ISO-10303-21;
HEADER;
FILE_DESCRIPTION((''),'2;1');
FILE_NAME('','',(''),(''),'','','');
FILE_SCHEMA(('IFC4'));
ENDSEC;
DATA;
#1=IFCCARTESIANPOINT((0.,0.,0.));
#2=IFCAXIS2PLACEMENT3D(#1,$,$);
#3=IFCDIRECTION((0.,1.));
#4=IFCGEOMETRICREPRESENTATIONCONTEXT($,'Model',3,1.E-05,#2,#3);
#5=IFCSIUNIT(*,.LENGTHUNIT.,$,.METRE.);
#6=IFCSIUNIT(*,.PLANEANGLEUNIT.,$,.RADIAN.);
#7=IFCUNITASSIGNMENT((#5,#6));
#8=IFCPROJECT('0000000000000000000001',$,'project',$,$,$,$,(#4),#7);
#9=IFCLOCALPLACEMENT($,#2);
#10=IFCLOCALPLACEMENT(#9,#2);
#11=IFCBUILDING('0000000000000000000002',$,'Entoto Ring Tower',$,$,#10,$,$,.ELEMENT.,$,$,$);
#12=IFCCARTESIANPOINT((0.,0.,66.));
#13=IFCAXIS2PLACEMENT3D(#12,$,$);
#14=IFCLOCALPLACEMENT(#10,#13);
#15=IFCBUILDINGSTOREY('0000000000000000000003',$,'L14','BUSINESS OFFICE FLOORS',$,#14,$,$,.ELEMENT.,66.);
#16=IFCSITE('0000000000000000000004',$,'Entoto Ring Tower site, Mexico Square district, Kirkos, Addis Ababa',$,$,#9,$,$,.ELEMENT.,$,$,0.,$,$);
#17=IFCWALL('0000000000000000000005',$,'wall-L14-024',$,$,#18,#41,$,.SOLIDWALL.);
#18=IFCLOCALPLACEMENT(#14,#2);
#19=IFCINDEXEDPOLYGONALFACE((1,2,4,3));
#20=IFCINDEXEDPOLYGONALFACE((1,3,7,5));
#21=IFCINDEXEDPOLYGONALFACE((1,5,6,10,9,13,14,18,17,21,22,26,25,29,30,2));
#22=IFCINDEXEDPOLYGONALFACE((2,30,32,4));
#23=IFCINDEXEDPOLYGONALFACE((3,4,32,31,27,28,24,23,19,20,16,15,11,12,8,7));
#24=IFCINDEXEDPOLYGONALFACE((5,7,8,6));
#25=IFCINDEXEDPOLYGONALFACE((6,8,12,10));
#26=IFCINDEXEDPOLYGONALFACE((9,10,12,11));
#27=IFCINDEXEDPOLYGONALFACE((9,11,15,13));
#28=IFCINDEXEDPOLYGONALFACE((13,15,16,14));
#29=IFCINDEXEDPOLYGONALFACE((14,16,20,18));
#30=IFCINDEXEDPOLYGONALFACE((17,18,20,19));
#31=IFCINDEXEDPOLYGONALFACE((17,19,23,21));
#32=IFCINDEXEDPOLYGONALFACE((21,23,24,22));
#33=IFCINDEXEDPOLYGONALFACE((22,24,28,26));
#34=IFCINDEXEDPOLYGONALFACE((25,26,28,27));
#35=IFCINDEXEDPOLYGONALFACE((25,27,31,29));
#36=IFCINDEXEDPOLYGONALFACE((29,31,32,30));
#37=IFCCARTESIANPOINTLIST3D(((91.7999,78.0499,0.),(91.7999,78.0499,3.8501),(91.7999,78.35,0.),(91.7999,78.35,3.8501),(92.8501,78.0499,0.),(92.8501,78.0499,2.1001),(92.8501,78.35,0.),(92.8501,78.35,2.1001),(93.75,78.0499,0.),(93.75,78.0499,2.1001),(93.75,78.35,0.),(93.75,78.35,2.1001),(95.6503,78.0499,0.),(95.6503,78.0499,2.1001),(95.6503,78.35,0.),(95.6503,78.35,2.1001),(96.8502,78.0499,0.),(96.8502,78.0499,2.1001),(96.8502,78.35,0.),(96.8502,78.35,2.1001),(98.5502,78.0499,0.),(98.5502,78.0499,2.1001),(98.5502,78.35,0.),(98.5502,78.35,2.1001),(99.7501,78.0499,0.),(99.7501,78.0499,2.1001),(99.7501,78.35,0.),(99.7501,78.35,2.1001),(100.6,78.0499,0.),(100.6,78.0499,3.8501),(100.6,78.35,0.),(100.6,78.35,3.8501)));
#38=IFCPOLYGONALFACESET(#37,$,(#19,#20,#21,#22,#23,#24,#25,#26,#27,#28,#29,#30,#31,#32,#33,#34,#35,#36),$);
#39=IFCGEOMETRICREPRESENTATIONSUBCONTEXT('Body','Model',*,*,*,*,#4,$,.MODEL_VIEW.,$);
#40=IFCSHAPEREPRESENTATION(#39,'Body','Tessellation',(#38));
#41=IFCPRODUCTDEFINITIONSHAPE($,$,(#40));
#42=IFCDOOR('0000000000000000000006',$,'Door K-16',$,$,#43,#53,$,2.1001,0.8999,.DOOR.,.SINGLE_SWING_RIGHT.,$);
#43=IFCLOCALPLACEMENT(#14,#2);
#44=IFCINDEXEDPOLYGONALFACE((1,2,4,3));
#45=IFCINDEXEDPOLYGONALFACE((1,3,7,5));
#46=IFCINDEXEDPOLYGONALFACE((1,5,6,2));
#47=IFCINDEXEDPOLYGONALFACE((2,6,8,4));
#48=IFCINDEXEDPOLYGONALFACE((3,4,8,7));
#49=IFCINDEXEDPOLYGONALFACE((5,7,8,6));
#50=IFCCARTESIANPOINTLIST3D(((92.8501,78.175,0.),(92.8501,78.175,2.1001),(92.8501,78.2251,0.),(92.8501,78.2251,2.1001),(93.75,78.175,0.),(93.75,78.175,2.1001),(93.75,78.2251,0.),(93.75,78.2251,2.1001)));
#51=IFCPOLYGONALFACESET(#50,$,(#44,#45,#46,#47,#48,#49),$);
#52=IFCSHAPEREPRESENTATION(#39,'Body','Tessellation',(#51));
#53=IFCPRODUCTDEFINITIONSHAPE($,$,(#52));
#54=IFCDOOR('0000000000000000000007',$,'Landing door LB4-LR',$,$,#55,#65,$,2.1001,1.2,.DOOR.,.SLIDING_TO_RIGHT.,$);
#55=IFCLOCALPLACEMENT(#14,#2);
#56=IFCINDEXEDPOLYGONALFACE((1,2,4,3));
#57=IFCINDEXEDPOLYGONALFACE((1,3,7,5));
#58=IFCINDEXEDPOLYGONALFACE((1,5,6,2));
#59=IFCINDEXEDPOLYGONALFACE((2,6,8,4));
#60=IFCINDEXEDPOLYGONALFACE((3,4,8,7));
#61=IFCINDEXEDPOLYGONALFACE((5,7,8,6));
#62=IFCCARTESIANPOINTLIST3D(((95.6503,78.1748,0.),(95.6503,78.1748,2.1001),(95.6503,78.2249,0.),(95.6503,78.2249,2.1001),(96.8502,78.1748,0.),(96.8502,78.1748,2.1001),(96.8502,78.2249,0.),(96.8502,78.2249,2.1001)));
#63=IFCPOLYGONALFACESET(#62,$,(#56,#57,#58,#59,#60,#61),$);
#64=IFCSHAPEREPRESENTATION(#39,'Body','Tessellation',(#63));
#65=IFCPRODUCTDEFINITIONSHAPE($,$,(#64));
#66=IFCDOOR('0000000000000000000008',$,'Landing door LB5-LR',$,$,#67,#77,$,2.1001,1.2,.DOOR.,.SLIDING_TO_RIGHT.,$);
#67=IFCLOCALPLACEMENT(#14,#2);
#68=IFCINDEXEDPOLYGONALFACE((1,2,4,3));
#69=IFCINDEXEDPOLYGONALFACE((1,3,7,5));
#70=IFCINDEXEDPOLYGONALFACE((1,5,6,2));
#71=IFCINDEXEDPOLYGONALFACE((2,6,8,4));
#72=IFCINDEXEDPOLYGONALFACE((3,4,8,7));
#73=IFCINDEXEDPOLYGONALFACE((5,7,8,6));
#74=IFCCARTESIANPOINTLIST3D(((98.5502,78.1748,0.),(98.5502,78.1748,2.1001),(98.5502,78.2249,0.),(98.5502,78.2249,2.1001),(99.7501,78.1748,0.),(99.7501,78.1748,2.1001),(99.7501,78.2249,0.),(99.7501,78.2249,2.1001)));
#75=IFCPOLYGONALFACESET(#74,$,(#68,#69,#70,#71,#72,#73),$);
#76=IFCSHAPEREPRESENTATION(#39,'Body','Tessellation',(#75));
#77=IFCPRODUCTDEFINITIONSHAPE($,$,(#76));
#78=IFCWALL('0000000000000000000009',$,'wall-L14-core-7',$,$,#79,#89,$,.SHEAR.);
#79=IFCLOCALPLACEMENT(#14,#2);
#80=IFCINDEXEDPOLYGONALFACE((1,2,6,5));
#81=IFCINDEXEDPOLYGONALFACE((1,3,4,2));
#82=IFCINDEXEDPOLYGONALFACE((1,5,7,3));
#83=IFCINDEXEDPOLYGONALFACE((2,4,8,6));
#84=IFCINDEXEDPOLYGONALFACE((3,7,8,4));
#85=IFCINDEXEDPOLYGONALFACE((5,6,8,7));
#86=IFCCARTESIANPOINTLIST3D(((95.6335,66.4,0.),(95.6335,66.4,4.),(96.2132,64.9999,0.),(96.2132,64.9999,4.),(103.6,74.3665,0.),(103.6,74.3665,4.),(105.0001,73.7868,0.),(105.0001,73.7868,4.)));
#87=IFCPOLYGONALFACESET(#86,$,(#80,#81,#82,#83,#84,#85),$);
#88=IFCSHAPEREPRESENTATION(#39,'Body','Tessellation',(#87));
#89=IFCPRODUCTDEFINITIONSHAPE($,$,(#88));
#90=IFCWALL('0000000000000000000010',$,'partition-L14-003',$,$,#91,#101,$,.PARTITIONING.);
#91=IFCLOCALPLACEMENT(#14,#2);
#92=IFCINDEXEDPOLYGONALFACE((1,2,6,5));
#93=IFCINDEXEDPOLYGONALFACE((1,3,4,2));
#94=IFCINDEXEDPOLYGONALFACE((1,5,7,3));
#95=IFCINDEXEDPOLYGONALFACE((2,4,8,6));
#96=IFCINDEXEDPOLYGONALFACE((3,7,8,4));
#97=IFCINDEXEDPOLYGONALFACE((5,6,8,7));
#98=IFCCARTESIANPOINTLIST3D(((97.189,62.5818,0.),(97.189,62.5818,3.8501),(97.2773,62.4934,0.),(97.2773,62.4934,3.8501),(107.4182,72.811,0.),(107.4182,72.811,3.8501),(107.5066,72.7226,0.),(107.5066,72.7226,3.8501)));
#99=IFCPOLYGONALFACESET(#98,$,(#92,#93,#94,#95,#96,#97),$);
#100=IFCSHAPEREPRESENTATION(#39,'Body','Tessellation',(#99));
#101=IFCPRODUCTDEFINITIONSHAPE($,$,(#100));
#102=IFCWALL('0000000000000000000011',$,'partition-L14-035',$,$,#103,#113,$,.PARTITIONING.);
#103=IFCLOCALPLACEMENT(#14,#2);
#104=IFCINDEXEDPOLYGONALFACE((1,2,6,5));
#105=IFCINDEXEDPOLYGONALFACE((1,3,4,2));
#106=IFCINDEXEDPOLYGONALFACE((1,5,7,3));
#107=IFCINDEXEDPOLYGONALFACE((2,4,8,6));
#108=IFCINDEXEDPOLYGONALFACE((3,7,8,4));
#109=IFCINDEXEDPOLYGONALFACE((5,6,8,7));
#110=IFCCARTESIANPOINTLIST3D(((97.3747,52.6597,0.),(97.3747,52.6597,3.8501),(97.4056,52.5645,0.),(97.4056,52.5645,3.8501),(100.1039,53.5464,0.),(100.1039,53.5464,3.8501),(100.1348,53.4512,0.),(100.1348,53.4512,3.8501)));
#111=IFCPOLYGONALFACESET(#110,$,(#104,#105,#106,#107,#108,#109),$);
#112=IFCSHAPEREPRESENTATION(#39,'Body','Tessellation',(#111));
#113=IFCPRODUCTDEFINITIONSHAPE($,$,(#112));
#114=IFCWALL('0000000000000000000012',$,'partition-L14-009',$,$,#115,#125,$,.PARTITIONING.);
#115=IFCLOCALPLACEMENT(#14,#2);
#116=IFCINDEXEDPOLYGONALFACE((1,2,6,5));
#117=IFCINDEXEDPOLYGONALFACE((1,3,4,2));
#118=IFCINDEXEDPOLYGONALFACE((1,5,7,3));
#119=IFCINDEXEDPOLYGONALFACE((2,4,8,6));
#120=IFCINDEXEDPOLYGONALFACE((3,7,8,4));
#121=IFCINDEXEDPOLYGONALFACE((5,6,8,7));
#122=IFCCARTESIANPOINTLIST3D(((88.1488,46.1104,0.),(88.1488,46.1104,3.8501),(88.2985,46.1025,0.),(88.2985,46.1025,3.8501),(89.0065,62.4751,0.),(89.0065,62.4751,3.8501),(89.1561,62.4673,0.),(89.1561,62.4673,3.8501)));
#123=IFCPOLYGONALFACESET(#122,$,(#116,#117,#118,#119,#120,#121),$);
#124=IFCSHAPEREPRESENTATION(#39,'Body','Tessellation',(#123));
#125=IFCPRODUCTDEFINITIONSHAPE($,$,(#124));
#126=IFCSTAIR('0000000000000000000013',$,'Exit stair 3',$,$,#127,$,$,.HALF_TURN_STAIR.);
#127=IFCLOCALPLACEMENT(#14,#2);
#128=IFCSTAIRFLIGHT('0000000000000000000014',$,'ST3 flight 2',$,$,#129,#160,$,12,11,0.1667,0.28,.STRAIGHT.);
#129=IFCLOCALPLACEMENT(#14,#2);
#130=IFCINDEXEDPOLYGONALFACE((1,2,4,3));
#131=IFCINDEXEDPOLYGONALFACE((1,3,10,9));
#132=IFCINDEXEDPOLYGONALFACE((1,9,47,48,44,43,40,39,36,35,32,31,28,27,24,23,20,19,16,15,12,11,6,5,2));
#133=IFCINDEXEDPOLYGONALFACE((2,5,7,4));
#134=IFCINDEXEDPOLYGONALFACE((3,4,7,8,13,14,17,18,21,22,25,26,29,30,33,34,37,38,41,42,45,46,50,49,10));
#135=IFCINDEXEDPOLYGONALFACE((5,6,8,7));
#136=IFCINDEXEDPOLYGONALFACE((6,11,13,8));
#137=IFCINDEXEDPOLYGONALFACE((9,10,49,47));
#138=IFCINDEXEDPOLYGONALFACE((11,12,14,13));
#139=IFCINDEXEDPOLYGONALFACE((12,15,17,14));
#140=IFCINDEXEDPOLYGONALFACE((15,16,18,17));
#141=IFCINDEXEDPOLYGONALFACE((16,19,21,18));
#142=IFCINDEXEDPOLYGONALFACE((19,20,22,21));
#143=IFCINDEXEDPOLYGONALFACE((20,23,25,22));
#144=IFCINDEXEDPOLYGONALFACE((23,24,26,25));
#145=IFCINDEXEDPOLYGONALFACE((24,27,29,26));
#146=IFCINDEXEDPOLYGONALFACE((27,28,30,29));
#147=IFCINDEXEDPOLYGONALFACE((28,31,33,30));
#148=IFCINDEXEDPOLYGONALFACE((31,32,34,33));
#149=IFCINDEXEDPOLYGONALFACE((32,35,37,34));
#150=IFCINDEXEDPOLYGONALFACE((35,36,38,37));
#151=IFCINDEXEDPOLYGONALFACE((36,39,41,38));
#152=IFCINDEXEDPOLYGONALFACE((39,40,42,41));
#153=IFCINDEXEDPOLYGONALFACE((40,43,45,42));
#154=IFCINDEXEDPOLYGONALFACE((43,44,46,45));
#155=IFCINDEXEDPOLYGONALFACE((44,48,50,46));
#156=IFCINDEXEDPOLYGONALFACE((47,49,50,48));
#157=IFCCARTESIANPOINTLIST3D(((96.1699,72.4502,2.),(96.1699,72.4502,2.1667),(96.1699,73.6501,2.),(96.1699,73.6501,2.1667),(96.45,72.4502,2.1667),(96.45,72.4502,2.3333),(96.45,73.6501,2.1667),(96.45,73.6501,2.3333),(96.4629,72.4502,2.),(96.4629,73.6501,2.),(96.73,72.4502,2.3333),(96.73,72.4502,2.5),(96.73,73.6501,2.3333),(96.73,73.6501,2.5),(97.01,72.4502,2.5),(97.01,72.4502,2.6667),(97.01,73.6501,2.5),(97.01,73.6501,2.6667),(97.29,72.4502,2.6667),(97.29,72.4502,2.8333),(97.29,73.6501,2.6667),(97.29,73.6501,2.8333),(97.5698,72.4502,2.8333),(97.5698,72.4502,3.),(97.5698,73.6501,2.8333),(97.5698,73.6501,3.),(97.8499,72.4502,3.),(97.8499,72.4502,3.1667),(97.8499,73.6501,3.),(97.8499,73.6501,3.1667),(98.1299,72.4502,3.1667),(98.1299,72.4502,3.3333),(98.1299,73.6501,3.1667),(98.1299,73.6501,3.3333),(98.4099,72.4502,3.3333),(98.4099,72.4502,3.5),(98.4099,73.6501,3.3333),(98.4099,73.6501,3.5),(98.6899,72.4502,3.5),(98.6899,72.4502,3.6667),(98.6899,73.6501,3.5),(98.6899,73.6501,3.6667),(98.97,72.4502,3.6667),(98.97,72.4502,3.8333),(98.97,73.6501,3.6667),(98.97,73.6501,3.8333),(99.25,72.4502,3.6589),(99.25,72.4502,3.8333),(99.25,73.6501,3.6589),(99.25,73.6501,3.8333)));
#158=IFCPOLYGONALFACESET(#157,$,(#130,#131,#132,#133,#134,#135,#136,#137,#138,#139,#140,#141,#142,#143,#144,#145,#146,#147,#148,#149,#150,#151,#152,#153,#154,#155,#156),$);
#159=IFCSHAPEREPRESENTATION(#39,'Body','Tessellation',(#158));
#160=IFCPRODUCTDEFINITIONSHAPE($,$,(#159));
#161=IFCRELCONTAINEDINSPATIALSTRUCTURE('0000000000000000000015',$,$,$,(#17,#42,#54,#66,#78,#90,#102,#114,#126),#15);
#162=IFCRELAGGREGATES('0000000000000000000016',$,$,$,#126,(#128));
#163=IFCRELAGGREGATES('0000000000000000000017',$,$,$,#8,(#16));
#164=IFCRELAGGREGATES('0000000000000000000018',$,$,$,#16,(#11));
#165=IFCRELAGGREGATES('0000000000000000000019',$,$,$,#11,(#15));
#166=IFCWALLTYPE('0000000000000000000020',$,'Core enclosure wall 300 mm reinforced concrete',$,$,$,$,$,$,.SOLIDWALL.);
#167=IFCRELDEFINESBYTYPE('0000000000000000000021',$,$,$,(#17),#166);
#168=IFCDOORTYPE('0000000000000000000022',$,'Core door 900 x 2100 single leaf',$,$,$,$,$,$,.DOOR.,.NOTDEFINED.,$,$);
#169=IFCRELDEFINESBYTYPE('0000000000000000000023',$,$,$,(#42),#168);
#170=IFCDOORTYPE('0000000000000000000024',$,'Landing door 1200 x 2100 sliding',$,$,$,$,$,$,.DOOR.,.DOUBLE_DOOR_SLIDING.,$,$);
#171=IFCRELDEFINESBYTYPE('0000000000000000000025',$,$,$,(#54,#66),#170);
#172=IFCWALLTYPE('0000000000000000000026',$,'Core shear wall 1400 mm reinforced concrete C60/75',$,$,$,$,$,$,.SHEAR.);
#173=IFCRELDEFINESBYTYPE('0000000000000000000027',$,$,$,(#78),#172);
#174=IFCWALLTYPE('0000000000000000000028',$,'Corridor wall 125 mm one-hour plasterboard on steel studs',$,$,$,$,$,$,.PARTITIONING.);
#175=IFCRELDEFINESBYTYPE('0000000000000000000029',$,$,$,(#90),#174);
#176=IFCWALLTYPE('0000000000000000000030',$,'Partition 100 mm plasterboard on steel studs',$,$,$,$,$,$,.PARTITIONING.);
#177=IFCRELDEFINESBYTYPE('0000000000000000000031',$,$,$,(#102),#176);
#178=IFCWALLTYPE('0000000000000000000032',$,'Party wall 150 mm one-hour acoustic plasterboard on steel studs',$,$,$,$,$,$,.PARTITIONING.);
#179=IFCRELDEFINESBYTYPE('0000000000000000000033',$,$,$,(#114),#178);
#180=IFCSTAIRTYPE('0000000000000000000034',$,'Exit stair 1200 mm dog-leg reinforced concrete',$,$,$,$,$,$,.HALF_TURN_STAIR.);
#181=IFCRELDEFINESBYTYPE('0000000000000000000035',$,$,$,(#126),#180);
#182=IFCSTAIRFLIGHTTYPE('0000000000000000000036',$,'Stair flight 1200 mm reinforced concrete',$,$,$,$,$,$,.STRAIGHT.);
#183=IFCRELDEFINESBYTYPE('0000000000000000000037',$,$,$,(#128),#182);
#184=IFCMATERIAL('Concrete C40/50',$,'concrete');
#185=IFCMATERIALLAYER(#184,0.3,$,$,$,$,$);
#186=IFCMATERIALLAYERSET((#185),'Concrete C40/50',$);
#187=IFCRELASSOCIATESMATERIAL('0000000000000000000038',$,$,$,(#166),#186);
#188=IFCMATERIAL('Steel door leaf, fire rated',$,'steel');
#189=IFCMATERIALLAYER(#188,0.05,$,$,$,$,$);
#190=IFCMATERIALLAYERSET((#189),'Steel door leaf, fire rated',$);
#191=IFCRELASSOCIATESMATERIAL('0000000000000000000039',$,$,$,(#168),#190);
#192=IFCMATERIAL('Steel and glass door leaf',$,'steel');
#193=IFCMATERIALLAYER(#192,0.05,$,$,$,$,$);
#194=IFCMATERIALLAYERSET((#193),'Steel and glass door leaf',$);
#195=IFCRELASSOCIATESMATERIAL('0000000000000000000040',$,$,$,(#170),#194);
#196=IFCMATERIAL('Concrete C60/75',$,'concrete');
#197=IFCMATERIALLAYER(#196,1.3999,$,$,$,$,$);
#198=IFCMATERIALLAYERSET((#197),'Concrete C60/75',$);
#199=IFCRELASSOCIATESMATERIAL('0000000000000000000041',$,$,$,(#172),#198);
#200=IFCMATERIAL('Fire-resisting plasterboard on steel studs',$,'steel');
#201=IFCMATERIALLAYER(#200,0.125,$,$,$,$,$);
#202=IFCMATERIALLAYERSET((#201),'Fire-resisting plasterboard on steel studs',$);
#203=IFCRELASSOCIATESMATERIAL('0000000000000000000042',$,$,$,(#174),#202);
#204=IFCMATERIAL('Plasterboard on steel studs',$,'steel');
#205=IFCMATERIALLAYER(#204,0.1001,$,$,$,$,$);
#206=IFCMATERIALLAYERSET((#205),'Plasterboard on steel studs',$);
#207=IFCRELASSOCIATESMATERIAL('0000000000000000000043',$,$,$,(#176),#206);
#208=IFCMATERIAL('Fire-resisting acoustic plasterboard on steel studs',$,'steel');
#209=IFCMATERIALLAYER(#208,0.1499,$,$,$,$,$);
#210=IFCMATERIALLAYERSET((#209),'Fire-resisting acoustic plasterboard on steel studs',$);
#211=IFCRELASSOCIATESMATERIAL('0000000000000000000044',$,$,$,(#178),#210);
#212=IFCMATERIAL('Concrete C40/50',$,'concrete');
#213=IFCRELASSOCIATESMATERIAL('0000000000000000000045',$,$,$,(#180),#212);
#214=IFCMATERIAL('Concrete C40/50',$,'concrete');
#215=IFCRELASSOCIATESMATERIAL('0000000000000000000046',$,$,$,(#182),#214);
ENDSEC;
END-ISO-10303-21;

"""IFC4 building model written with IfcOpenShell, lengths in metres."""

from ifc_helpers import new_model, si_unit, direction, frame, frame_2d, origin, place, context, subcontext, project, spatial, polyline, rectangle, outline, extrude, material, layer, layer_set, type_object, element, fill, aggregate, save


model = new_model("IFC4")

# Units and contexts
model_context = context("Model", 3, precision=1e-05, world=origin(), true_north=direction((0.0, 1.0)))
body_context = subcontext(model_context, "Body", "Model", "MODEL_VIEW")
ifc_project = project(units=[si_unit("LENGTHUNIT", "METRE"), si_unit("PLANEANGLEUNIT", "RADIAN")], contexts=[model_context])

# Site, building, storey
site_placement = place(None, origin())
site = spatial("IfcSite", under=ifc_project, at=site_placement, Name="Entoto Ring Tower site, Mexico Square district, Kirkos, Addis Ababa", CompositionType="ELEMENT", RefElevation=0.0)
building_placement = place(site_placement, origin())
building = spatial("IfcBuilding", under=site, at=building_placement, Name="Entoto Ring Tower", CompositionType="ELEMENT")
storey_placement = place(building_placement, frame((0.0, 0.0, 66.0)))
storey = spatial("IfcBuildingStorey", under=building, at=storey_placement, Name="L14", Description="BUSINESS OFFICE FLOORS", CompositionType="ELEMENT", Elevation=66.0)

# Shared definitions
ifc_material_1 = material(Name="Concrete C40/50", Category="concrete")
ifc_layer_1 = layer(ifc_material_1, 0.3)
ifc_layer_set_1 = layer_set([ifc_layer_1], Name="Concrete C40/50")
wall_type_1 = type_object("IfcWallType", Name="Core enclosure wall 300 mm reinforced concrete", PredefinedType="SOLIDWALL", material=ifc_layer_set_1)

# Shared definitions
ifc_material_2 = material(Name="Steel door leaf, fire rated", Category="steel")
ifc_layer_2 = layer(ifc_material_2, 0.05)
ifc_layer_set_2 = layer_set([ifc_layer_2], Name="Steel door leaf, fire rated")
door_type_1 = type_object("IfcDoorType", Name="Core door 900 x 2100 single leaf", OperationType="NOTDEFINED", PredefinedType="DOOR", material=ifc_layer_set_2)

# Wall, openings, doors
wall_1_placement = place(storey_placement, frame((91.8, 78.2, 0.0), z_axis=(0.0, 0.0, 1.0), x_axis=(1.0, 0.0, 0.0)))
wall_1 = element("IfcWall", 1, at=wall_1_placement, inside=storey, type_object=wall_type_1, Name="wall-L14-024", PredefinedType="SOLIDWALL", context=body_context, shape_type="SweptSolid", body=[
    extrude(rectangle(XDim=8.8, YDim=0.3, at=frame_2d((4.3999, 0.0))), origin(), (0.0, 0.0, 1.0), 3.8501),
])
opening_1_placement = place(wall_1_placement, frame((3.8501, 0.0, 0.0)))
opening_1 = element("IfcOpeningElement", 2, at=opening_1_placement, cuts=wall_1, PredefinedType="OPENING", context=body_context, shape_type="SweptSolid", body=[
    extrude(rectangle(XDim=1.2, YDim=2.1001, at=frame_2d((0.6001, 1.05))), frame((0.0, 0.1602, 0.0), z_axis=(0.0, -1.0, 0.0), x_axis=(1.0, 0.0, 0.0)), (0.0, 0.0, 1.0), 0.3201),
])
opening_2_placement = place(wall_1_placement, frame((6.75, 0.0, 0.0)))
opening_2 = element("IfcOpeningElement", 3, at=opening_2_placement, cuts=wall_1, PredefinedType="OPENING", context=body_context, shape_type="SweptSolid", body=[
    extrude(rectangle(XDim=1.2, YDim=2.1001, at=frame_2d((0.6001, 1.05))), frame((0.0, 0.1602, 0.0), z_axis=(0.0, -1.0, 0.0), x_axis=(1.0, 0.0, 0.0)), (0.0, 0.0, 1.0), 0.3201),
])
opening_3_placement = place(wall_1_placement, frame((1.05, 0.0, 0.0)))
opening_3 = element("IfcOpeningElement", 4, at=opening_3_placement, cuts=wall_1, PredefinedType="OPENING", context=body_context, shape_type="SweptSolid", body=[
    extrude(rectangle(XDim=0.8999, YDim=2.1001, at=frame_2d((0.45, 1.05))), frame((0.0, 0.1602, 0.0), z_axis=(0.0, -1.0, 0.0), x_axis=(1.0, 0.0, 0.0)), (0.0, 0.0, 1.0), 0.3201),
])
door_1_placement = place(opening_3_placement, frame((0.8999, 0.0, 0.0), z_axis=(0.0, 0.0, 1.0), x_axis=(-1.0, 0.0, 0.0)))
door_1 = element("IfcDoor", 5, at=door_1_placement, inside=storey, type_object=door_type_1, Name="Door K-16", OperationType="SINGLE_SWING_RIGHT", OverallHeight=2.1001, OverallWidth=0.8999, PredefinedType="DOOR", context=body_context, shape_type="SweptSolid", body=[
    extrude(rectangle(XDim=0.8999, YDim=2.1001, at=frame_2d((0.45, 1.05))), frame((0.0, 0.0249, 0.0), z_axis=(0.0, -1.0, 0.0), x_axis=(1.0, 0.0, 0.0)), (0.0, 0.0, 1.0), 0.05),
])
fill(opening_3, door_1)
ifc_material_3 = material(Name="Steel and glass door leaf", Category="steel")
ifc_layer_3 = layer(ifc_material_3, 0.05)
ifc_layer_set_3 = layer_set([ifc_layer_3], Name="Steel and glass door leaf")
door_type_2 = type_object("IfcDoorType", Name="Landing door 1200 x 2100 sliding", OperationType="DOUBLE_DOOR_SLIDING", PredefinedType="DOOR", material=ifc_layer_set_3)
door_2_placement = place(opening_1_placement, origin())
door_2 = element("IfcDoor", 6, at=door_2_placement, inside=storey, type_object=door_type_2, Name="Landing door LB4-LR", OperationType="SLIDING_TO_RIGHT", OverallHeight=2.1001, OverallWidth=1.2, PredefinedType="DOOR", context=body_context, shape_type="SweptSolid", body=[
    extrude(rectangle(XDim=1.2, YDim=2.1001, at=frame_2d((0.6001, 1.05))), frame((0.0, 0.0249, 0.0), z_axis=(0.0, -1.0, 0.0), x_axis=(1.0, 0.0, 0.0)), (0.0, 0.0, 1.0), 0.05),
])
fill(opening_1, door_2)
door_3_placement = place(opening_2_placement, origin())
door_3 = element("IfcDoor", 7, at=door_3_placement, inside=storey, type_object=door_type_2, Name="Landing door LB5-LR", OperationType="SLIDING_TO_RIGHT", OverallHeight=2.1001, OverallWidth=1.2, PredefinedType="DOOR", context=body_context, shape_type="SweptSolid", body=[
    extrude(rectangle(XDim=1.2, YDim=2.1001, at=frame_2d((0.6001, 1.05))), frame((0.0, 0.0249, 0.0), z_axis=(0.0, -1.0, 0.0), x_axis=(1.0, 0.0, 0.0)), (0.0, 0.0, 1.0), 0.05),
])
fill(opening_2, door_3)

# Walls
ifc_material_4 = material(Name="Concrete C60/75", Category="concrete")
ifc_layer_4 = layer(ifc_material_4, 1.3999)
ifc_layer_set_4 = layer_set([ifc_layer_4], Name="Concrete C60/75")
wall_type_2 = type_object("IfcWallType", Name="Core shear wall 1400 mm reinforced concrete C60/75", PredefinedType="SHEAR", material=ifc_layer_set_4)
wall_2_placement = place(storey_placement, frame((95.9233, 65.7, 0.0), z_axis=(0.0, 0.0, 1.0), x_axis=(0.707107, 0.707107, 0.0)))
element("IfcWall", 8, at=wall_2_placement, inside=storey, type_object=wall_type_2, Name="wall-L14-core-7", PredefinedType="SHEAR", context=body_context, shape_type="SweptSolid", body=[
    extrude(outline(polyline([(-0.29, -0.7), (12.1365, -0.7), (11.5564, 0.7), (0.29, 0.7), (-0.29, -0.7)])), origin(), (0.0, 0.0, 1.0), 4.0),
])
ifc_material_5 = material(Name="Fire-resisting plasterboard on steel studs", Category="steel")
ifc_layer_5 = layer(ifc_material_5, 0.125)
ifc_layer_set_5 = layer_set([ifc_layer_5], Name="Fire-resisting plasterboard on steel studs")
wall_type_3 = type_object("IfcWallType", Name="Corridor wall 125 mm one-hour plasterboard on steel studs", PredefinedType="PARTITIONING", material=ifc_layer_set_5)
wall_3_placement = place(storey_placement, frame((97.2332, 62.5376, 0.0), z_axis=(0.0, 0.0, 1.0), x_axis=(0.707107, 0.707107, 0.0)))
element("IfcWall", 9, at=wall_3_placement, inside=storey, type_object=wall_type_3, Name="partition-L14-003", PredefinedType="PARTITIONING", context=body_context, shape_type="SweptSolid", body=[
    extrude(rectangle(XDim=14.4663, YDim=0.125, at=frame_2d((7.2332, 0.0))), origin(), (0.0, 0.0, 1.0), 3.8501),
])
ifc_material_6 = material(Name="Plasterboard on steel studs", Category="steel")
ifc_layer_6 = layer(ifc_material_6, 0.1001)
ifc_layer_set_6 = layer_set([ifc_layer_6], Name="Plasterboard on steel studs")
wall_type_4 = type_object("IfcWallType", Name="Partition 100 mm plasterboard on steel studs", PredefinedType="PARTITIONING", material=ifc_layer_set_6)
wall_4_placement = place(storey_placement, frame((97.3901, 52.6121, 0.0), z_axis=(0.0, 0.0, 1.0), x_axis=(0.951063, 0.308996, 0.0)))
element("IfcWall", 10, at=wall_4_placement, inside=storey, type_object=wall_type_4, Name="partition-L14-035", PredefinedType="PARTITIONING", context=body_context, shape_type="SweptSolid", body=[
    extrude(rectangle(XDim=2.8696, YDim=0.1001, at=frame_2d((1.4348, 0.0))), origin(), (0.0, 0.0, 1.0), 3.8501),
])
ifc_material_7 = material(Name="Fire-resisting acoustic plasterboard on steel studs", Category="steel")
ifc_layer_7 = layer(ifc_material_7, 0.1499)
ifc_layer_set_7 = layer_set([ifc_layer_7], Name="Fire-resisting acoustic plasterboard on steel studs")
wall_type_5 = type_object("IfcWallType", Name="Party wall 150 mm one-hour acoustic plasterboard on steel studs", PredefinedType="PARTITIONING", material=ifc_layer_set_7)
wall_5_placement = place(storey_placement, frame((88.2236, 46.1064, 0.0), z_axis=(0.0, 0.0, 1.0), x_axis=(0.052338, 0.998629, 0.0)))
element("IfcWall", 11, at=wall_5_placement, inside=storey, type_object=wall_type_5, Name="partition-L14-009", PredefinedType="PARTITIONING", context=body_context, shape_type="SweptSolid", body=[
    extrude(rectangle(XDim=16.3872, YDim=0.1499, at=frame_2d((8.1936, 0.0))), origin(), (0.0, 0.0, 1.0), 3.8501),
])

# Stair, stair flight
ifc_material_8 = material(Name="Concrete C40/50", Category="concrete")
stair_type = type_object("IfcStairType", Name="Exit stair 1200 mm dog-leg reinforced concrete", PredefinedType="HALF_TURN_STAIR", material=ifc_material_8)
stair_placement = place(storey_placement, origin())
stair = element("IfcStair", 12, at=stair_placement, inside=storey, type_object=stair_type, Name="Exit stair 3", PredefinedType="HALF_TURN_STAIR")
ifc_material_9 = material(Name="Concrete C40/50", Category="concrete")
stair_flight_type = type_object("IfcStairFlightType", Name="Stair flight 1200 mm reinforced concrete", PredefinedType="STRAIGHT", material=ifc_material_9)
stair_flight_placement = place(storey_placement, frame((96.1699, 73.05, 2.0), z_axis=(0.0, 0.0, 1.0), x_axis=(1.0, 0.0, 0.0)))
stair_flight = element("IfcStairFlight", 13, at=stair_flight_placement, type_object=stair_flight_type, Name="ST3 flight 2", NumberOfRisers=12, NumberOfTreads=11, PredefinedType="STRAIGHT", RiserHeight=0.1667, TreadLength=0.28, context=body_context, shape_type="SweptSolid", body=[
    extrude(outline(polyline([(0.0, 0.0), (0.0, 0.1667), (0.28, 0.1667), (0.28, 0.3333), (0.5601, 0.3333), (0.5601, 0.5), (0.8401, 0.5), (0.8401, 0.6667), (1.1201, 0.6667), (1.1201, 0.8333), (1.3999, 0.8333), (1.3999, 1.0), (1.6799, 1.0), (1.6799, 1.1667), (1.96, 1.1667), (1.96, 1.3333), (2.24, 1.3333), (2.24, 1.5), (2.52, 1.5), (2.52, 1.6667), (2.8, 1.6667), (2.8, 1.8333), (3.0801, 1.8333), (3.0801, 2.0), (3.0801, 1.6589), (0.293, 0.0), (0.0, 0.0)])), frame((0.0, 0.6001, 0.0), z_axis=(0.0, -1.0, 0.0), x_axis=(1.0, 0.0, 0.0)), (0.0, 0.0, 1.0), 1.2),
])
aggregate(stair, [stair_flight])

save(model, "model.ifc")
